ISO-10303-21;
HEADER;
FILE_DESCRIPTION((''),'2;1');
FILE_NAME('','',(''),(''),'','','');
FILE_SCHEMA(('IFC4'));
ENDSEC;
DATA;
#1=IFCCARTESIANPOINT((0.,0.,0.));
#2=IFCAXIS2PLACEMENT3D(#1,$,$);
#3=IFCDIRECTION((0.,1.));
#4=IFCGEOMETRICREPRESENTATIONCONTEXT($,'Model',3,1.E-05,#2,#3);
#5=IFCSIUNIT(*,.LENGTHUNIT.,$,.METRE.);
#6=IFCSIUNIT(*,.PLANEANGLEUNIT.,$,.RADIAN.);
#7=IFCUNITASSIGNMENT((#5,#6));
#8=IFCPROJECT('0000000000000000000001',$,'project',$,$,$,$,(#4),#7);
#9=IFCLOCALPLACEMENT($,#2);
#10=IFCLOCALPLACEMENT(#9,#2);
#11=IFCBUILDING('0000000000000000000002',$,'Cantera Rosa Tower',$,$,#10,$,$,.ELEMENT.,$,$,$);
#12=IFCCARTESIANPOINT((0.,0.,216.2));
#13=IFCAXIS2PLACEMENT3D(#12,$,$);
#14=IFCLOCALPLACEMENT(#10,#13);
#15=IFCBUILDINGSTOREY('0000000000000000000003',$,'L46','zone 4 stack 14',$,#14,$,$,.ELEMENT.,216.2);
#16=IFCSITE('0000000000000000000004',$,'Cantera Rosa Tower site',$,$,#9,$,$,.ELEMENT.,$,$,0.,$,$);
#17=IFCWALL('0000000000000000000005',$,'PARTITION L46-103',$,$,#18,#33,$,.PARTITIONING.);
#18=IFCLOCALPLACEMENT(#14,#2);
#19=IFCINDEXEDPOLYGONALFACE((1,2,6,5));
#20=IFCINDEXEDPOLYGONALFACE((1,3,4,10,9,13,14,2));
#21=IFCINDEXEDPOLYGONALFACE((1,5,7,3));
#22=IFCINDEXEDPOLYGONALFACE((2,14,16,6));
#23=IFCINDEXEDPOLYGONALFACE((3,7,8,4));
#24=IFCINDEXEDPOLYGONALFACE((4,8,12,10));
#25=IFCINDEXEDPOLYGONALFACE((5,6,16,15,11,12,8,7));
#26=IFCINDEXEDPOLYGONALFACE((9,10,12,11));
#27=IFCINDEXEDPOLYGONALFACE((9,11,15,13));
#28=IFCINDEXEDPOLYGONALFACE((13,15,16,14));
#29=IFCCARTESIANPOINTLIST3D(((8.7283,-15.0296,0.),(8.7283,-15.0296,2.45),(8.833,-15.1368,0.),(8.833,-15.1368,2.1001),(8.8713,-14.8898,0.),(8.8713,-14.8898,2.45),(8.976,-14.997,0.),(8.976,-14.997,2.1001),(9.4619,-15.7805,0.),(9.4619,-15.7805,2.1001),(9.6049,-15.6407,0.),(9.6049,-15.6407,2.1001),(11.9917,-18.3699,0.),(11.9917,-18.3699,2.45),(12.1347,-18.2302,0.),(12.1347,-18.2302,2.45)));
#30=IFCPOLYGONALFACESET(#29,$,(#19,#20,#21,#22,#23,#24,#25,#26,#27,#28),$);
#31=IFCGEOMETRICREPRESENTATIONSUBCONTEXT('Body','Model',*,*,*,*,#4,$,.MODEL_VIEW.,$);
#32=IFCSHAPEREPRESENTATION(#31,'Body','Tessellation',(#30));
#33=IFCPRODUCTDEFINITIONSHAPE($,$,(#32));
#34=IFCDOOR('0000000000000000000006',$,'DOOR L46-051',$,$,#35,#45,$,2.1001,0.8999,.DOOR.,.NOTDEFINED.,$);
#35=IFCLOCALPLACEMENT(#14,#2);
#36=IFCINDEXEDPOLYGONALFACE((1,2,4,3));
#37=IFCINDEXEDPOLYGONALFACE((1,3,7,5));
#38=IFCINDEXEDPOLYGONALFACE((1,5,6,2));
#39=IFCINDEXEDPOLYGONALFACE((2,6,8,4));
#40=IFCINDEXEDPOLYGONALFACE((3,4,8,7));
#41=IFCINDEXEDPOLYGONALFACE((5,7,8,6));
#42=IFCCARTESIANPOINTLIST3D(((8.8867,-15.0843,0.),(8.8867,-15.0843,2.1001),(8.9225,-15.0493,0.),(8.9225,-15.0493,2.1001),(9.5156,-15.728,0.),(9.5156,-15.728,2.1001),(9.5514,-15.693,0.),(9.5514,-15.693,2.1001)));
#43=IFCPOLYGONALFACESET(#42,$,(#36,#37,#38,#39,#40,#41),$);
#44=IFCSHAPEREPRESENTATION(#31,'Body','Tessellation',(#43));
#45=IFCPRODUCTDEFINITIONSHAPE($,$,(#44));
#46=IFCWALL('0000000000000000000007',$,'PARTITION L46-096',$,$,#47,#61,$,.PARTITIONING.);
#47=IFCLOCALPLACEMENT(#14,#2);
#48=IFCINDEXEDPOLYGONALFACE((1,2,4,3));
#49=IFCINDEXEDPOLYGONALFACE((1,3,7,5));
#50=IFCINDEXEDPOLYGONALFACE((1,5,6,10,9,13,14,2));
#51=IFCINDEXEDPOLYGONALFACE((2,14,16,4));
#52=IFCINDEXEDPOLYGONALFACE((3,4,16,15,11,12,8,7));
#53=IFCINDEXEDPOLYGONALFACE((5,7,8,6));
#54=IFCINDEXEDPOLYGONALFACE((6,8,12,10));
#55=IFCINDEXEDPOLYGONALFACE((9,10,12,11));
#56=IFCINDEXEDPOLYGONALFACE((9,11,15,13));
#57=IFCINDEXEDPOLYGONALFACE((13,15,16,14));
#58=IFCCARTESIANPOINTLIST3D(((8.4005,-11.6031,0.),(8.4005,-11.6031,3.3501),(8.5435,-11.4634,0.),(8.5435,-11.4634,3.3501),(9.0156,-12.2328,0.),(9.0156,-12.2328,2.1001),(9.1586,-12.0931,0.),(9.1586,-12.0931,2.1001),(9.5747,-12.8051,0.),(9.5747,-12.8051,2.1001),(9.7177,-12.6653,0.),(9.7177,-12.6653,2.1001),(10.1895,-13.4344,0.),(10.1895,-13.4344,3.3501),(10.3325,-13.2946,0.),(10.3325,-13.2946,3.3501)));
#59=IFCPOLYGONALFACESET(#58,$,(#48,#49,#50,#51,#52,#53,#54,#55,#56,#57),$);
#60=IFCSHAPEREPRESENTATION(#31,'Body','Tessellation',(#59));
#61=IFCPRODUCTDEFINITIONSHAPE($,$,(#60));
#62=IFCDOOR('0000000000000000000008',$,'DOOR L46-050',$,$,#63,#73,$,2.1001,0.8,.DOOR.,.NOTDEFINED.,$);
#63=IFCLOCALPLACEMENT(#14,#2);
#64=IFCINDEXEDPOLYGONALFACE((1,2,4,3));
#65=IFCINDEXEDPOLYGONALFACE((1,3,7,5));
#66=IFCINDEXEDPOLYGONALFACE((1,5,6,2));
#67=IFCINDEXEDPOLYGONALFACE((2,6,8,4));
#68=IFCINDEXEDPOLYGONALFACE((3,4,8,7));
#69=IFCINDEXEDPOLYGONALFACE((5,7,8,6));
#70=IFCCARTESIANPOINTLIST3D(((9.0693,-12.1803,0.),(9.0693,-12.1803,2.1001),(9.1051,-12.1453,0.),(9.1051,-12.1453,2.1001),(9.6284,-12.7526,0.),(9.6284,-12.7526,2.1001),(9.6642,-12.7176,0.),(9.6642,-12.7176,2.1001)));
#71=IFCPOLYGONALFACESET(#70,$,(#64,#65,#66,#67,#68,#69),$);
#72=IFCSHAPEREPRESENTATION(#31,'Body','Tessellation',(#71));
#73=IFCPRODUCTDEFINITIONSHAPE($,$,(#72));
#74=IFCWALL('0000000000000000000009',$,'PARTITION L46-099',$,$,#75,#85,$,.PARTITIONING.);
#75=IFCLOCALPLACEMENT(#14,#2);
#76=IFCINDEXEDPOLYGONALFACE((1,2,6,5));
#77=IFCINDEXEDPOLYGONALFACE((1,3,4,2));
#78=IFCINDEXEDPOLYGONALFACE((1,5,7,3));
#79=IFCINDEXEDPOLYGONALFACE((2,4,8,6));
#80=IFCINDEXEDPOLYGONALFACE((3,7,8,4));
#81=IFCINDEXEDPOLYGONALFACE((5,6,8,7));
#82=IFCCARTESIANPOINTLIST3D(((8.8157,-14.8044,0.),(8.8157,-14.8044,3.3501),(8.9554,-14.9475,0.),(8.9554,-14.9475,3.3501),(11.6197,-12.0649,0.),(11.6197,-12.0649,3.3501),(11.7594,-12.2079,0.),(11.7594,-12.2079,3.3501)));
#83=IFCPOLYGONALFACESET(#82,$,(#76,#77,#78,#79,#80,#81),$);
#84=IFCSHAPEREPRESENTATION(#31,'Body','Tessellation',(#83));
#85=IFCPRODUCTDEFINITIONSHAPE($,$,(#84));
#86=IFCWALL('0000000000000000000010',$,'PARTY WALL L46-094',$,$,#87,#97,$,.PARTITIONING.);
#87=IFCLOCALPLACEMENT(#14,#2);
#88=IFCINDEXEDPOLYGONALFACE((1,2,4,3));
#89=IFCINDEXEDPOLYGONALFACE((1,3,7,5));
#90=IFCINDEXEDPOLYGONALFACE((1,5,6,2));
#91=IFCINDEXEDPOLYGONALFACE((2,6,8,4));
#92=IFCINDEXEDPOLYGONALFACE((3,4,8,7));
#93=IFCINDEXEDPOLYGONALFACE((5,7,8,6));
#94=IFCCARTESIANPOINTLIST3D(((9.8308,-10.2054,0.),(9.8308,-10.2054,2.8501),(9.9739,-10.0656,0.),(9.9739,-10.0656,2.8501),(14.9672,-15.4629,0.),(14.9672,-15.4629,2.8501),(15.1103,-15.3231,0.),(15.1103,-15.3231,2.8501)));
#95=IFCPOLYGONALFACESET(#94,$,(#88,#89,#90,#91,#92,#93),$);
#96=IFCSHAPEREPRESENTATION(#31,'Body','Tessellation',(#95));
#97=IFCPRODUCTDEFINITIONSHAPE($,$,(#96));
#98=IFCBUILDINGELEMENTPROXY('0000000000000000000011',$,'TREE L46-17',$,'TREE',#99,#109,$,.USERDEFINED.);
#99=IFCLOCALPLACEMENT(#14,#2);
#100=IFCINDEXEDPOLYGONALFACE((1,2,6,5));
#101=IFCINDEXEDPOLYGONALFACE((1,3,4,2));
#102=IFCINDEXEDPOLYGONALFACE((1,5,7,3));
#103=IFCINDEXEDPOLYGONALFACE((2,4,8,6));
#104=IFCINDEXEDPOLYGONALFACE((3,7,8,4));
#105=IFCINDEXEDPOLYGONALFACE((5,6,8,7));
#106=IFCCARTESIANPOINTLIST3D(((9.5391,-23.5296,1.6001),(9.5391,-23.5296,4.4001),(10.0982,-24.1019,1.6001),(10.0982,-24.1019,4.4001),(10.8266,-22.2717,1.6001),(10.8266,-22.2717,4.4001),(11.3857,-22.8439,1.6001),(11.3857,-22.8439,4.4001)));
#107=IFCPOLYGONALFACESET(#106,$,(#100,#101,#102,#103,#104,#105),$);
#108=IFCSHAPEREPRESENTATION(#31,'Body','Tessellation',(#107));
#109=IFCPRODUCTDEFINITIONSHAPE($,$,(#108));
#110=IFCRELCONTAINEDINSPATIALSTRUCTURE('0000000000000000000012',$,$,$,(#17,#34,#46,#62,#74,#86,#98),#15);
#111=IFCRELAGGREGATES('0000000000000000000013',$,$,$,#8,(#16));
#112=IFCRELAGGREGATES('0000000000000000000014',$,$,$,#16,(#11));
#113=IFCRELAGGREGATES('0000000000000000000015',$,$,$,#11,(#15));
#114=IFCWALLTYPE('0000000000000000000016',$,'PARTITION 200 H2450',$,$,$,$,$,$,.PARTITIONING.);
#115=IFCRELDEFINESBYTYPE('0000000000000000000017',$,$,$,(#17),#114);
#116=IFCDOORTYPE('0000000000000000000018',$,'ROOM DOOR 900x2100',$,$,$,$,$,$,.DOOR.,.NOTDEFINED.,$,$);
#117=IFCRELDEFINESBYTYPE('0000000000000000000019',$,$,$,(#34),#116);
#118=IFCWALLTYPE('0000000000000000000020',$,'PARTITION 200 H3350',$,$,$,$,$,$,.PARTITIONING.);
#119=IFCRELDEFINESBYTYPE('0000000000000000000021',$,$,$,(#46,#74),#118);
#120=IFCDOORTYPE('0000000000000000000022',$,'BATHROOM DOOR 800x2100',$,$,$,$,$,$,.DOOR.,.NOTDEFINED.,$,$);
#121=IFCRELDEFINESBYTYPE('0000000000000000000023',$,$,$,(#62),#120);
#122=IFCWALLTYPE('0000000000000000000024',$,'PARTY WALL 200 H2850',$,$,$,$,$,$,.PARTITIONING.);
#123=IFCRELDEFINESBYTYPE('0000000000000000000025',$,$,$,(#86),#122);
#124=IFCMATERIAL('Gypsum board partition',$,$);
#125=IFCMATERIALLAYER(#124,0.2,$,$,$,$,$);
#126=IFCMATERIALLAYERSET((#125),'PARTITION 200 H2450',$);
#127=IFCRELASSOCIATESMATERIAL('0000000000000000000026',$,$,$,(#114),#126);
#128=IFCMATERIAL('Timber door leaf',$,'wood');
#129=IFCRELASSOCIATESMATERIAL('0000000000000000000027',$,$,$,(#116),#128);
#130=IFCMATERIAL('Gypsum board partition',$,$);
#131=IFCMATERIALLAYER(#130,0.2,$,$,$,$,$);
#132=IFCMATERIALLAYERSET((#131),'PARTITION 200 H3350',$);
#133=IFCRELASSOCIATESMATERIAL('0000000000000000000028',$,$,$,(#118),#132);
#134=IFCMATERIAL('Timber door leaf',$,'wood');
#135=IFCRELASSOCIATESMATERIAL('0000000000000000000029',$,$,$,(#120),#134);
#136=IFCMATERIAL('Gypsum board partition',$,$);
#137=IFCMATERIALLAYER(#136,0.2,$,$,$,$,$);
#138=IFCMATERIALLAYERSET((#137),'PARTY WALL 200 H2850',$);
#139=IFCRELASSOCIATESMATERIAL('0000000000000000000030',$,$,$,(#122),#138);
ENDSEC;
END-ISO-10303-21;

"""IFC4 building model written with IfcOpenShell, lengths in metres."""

from ifc_helpers import new_model, si_unit, direction, frame, frame_2d, origin, origin_2d, place, context, subcontext, project, spatial, rectangle, extrude, material, layer, layer_set, type_object, element, fill, save


model = new_model("IFC4")

# Units and contexts
model_context = context("Model", 3, precision=1e-05, world=origin(), true_north=direction((0.0, 1.0)))
body_context = subcontext(model_context, "Body", "Model", "MODEL_VIEW")
ifc_project = project(units=[si_unit("LENGTHUNIT", "METRE"), si_unit("PLANEANGLEUNIT", "RADIAN")], contexts=[model_context])

# Site, building, storey
site_placement = place(None, origin())
site = spatial("IfcSite", under=ifc_project, at=site_placement, Name="Cantera Rosa Tower site", CompositionType="ELEMENT", RefElevation=0.0)
building_placement = place(site_placement, origin())
building = spatial("IfcBuilding", under=site, at=building_placement, Name="Cantera Rosa Tower", CompositionType="ELEMENT")
storey_placement = place(building_placement, frame((0.0, 0.0, 216.2)))
storey = spatial("IfcBuildingStorey", under=building, at=storey_placement, Name="L46", Description="zone 4 stack 14", CompositionType="ELEMENT", Elevation=216.2)

# Walls, openings, doors
ifc_material_1 = material(Name="Gypsum board partition")
ifc_layer_1 = layer(ifc_material_1, 0.2)
ifc_layer_set_1 = layer_set([ifc_layer_1], Name="PARTITION 200 H2450")
wall_type_1 = type_object("IfcWallType", Name="PARTITION 200 H2450", PredefinedType="PARTITIONING", material=ifc_layer_set_1)
wall_1_placement = place(storey_placement, frame((12.0632, -18.3, 0.0), z_axis=(0.0, 0.0, 1.0), x_axis=(-0.698825, 0.715293, 0.0)))
wall_1 = element("IfcWall", 1, at=wall_1_placement, inside=storey, type_object=wall_type_1, Name="PARTITION L46-103", PredefinedType="PARTITIONING", context=body_context, shape_type="SweptSolid", body=[
    extrude(rectangle(XDim=4.6699, YDim=0.2, at=frame_2d((2.335, 0.0))), origin(), (0.0, 0.0, 1.0), 2.45),
])
opening_1_placement = place(wall_1_placement, frame((3.6201, 0.0, 0.0)))
opening_1 = element("IfcOpeningElement", 2, at=opening_1_placement, cuts=wall_1, PredefinedType="OPENING", context=body_context, shape_type="SweptSolid", body=[
    extrude(rectangle(XDim=0.8999, YDim=2.1001, at=frame_2d((0.45, 1.05))), frame((0.0, 0.1099, 0.0), z_axis=(0.0, -1.0, 0.0), x_axis=(1.0, 0.0, 0.0)), (0.0, 0.0, 1.0), 0.22),
])
ifc_material_2 = material(Name="Timber door leaf", Category="wood")
door_type_1 = type_object("IfcDoorType", Name="ROOM DOOR 900x2100", OperationType="NOTDEFINED", PredefinedType="DOOR", material=ifc_material_2)
door_1_placement = place(opening_1_placement, origin())
door_1 = element("IfcDoor", 3, at=door_1_placement, inside=storey, type_object=door_type_1, Name="DOOR L46-051", OperationType="NOTDEFINED", OverallHeight=2.1001, OverallWidth=0.8999, PredefinedType="DOOR", context=body_context, shape_type="SweptSolid", body=[
    extrude(rectangle(XDim=0.8999, YDim=2.1001, at=frame_2d((0.45, 1.05))), frame((0.0, 0.0249, 0.0), z_axis=(0.0, -1.0, 0.0), x_axis=(1.0, 0.0, 0.0)), (0.0, 0.0, 1.0), 0.05),
])
fill(opening_1, door_1)
ifc_material_3 = material(Name="Gypsum board partition")
ifc_layer_2 = layer(ifc_material_3, 0.2)
ifc_layer_set_2 = layer_set([ifc_layer_2], Name="PARTITION 200 H3350")
wall_type_2 = type_object("IfcWallType", Name="PARTITION 200 H3350", PredefinedType="PARTITIONING", material=ifc_layer_set_2)
wall_2_placement = place(storey_placement, frame((10.261, -13.3645, 0.0), z_axis=(0.0, 0.0, 1.0), x_axis=(-0.69881, 0.715307, 0.0)))
wall_2 = element("IfcWall", 4, at=wall_2_placement, inside=storey, type_object=wall_type_2, Name="PARTITION L46-096", PredefinedType="PARTITIONING", context=body_context, shape_type="SweptSolid", body=[
    extrude(rectangle(XDim=2.5601, YDim=0.2, at=frame_2d((1.28, 0.0))), origin(), (0.0, 0.0, 1.0), 3.3501),
])
opening_2_placement = place(wall_2_placement, frame((0.8799, 0.0, 0.0)))
opening_2 = element("IfcOpeningElement", 5, at=opening_2_placement, cuts=wall_2, PredefinedType="OPENING", context=body_context, shape_type="SweptSolid", body=[
    extrude(rectangle(XDim=0.8, YDim=2.1001, at=frame_2d((0.3999, 1.05))), frame((0.0, 0.1099, 0.0), z_axis=(0.0, -1.0, 0.0), x_axis=(1.0, 0.0, 0.0)), (0.0, 0.0, 1.0), 0.22),
])
ifc_material_4 = material(Name="Timber door leaf", Category="wood")
door_type_2 = type_object("IfcDoorType", Name="BATHROOM DOOR 800x2100", OperationType="NOTDEFINED", PredefinedType="DOOR", material=ifc_material_4)
door_2_placement = place(opening_2_placement, origin())
door_2 = element("IfcDoor", 6, at=door_2_placement, inside=storey, type_object=door_type_2, Name="DOOR L46-050", OperationType="NOTDEFINED", OverallHeight=2.1001, OverallWidth=0.8, PredefinedType="DOOR", context=body_context, shape_type="SweptSolid", body=[
    extrude(rectangle(XDim=0.8, YDim=2.1001, at=frame_2d((0.3999, 1.05))), frame((0.0, 0.0249, 0.0), z_axis=(0.0, -1.0, 0.0), x_axis=(1.0, 0.0, 0.0)), (0.0, 0.0, 1.0), 0.05),
])
fill(opening_2, door_2)

# Walls
wall_3_placement = place(storey_placement, frame((11.6895, -12.1365, 0.0), z_axis=(0.0, 0.0, 1.0), x_axis=(-0.71528, -0.698838, 0.0)))
element("IfcWall", 7, at=wall_3_placement, inside=storey, type_object=wall_type_2, Name="PARTITION L46-099", PredefinedType="PARTITIONING", context=body_context, shape_type="SweptSolid", body=[
    extrude(rectangle(XDim=3.9202, YDim=0.2, at=frame_2d((1.96, 0.0))), origin(), (0.0, 0.0, 1.0), 3.3501),
])
ifc_material_5 = material(Name="Gypsum board partition")
ifc_layer_3 = layer(ifc_material_5, 0.2)
ifc_layer_set_3 = layer_set([ifc_layer_3], Name="PARTY WALL 200 H2850")
wall_type_3 = type_object("IfcWallType", Name="PARTY WALL 200 H2850", PredefinedType="PARTITIONING", material=ifc_layer_set_3)
wall_4_placement = place(storey_placement, frame((9.9023, -10.1355, 0.0), z_axis=(0.0, 0.0, 1.0), x_axis=(0.698821, -0.715296, 0.0)))
element("IfcWall", 8, at=wall_4_placement, inside=storey, type_object=wall_type_3, Name="PARTY WALL L46-094", PredefinedType="PARTITIONING", context=body_context, shape_type="SweptSolid", body=[
    extrude(rectangle(XDim=7.3501, YDim=0.2, at=frame_2d((3.675, 0.0))), origin(), (0.0, 0.0, 1.0), 2.8501),
])

# Building element proxy
proxy_placement = place(storey_placement, frame((10.4624, -23.1868, 1.6001), z_axis=(0.0, 0.0, 1.0), x_axis=(0.715286, 0.698832, 0.0)))
element("IfcBuildingElementProxy", 9, at=proxy_placement, inside=storey, Name="TREE L46-17", ObjectType="TREE", PredefinedType="USERDEFINED", context=body_context, shape_type="SweptSolid", body=[
    extrude(rectangle(XDim=1.8, YDim=0.8, at=origin_2d()), origin(), (0.0, 0.0, 1.0), 2.8),
])

save(model, "model.ifc")
